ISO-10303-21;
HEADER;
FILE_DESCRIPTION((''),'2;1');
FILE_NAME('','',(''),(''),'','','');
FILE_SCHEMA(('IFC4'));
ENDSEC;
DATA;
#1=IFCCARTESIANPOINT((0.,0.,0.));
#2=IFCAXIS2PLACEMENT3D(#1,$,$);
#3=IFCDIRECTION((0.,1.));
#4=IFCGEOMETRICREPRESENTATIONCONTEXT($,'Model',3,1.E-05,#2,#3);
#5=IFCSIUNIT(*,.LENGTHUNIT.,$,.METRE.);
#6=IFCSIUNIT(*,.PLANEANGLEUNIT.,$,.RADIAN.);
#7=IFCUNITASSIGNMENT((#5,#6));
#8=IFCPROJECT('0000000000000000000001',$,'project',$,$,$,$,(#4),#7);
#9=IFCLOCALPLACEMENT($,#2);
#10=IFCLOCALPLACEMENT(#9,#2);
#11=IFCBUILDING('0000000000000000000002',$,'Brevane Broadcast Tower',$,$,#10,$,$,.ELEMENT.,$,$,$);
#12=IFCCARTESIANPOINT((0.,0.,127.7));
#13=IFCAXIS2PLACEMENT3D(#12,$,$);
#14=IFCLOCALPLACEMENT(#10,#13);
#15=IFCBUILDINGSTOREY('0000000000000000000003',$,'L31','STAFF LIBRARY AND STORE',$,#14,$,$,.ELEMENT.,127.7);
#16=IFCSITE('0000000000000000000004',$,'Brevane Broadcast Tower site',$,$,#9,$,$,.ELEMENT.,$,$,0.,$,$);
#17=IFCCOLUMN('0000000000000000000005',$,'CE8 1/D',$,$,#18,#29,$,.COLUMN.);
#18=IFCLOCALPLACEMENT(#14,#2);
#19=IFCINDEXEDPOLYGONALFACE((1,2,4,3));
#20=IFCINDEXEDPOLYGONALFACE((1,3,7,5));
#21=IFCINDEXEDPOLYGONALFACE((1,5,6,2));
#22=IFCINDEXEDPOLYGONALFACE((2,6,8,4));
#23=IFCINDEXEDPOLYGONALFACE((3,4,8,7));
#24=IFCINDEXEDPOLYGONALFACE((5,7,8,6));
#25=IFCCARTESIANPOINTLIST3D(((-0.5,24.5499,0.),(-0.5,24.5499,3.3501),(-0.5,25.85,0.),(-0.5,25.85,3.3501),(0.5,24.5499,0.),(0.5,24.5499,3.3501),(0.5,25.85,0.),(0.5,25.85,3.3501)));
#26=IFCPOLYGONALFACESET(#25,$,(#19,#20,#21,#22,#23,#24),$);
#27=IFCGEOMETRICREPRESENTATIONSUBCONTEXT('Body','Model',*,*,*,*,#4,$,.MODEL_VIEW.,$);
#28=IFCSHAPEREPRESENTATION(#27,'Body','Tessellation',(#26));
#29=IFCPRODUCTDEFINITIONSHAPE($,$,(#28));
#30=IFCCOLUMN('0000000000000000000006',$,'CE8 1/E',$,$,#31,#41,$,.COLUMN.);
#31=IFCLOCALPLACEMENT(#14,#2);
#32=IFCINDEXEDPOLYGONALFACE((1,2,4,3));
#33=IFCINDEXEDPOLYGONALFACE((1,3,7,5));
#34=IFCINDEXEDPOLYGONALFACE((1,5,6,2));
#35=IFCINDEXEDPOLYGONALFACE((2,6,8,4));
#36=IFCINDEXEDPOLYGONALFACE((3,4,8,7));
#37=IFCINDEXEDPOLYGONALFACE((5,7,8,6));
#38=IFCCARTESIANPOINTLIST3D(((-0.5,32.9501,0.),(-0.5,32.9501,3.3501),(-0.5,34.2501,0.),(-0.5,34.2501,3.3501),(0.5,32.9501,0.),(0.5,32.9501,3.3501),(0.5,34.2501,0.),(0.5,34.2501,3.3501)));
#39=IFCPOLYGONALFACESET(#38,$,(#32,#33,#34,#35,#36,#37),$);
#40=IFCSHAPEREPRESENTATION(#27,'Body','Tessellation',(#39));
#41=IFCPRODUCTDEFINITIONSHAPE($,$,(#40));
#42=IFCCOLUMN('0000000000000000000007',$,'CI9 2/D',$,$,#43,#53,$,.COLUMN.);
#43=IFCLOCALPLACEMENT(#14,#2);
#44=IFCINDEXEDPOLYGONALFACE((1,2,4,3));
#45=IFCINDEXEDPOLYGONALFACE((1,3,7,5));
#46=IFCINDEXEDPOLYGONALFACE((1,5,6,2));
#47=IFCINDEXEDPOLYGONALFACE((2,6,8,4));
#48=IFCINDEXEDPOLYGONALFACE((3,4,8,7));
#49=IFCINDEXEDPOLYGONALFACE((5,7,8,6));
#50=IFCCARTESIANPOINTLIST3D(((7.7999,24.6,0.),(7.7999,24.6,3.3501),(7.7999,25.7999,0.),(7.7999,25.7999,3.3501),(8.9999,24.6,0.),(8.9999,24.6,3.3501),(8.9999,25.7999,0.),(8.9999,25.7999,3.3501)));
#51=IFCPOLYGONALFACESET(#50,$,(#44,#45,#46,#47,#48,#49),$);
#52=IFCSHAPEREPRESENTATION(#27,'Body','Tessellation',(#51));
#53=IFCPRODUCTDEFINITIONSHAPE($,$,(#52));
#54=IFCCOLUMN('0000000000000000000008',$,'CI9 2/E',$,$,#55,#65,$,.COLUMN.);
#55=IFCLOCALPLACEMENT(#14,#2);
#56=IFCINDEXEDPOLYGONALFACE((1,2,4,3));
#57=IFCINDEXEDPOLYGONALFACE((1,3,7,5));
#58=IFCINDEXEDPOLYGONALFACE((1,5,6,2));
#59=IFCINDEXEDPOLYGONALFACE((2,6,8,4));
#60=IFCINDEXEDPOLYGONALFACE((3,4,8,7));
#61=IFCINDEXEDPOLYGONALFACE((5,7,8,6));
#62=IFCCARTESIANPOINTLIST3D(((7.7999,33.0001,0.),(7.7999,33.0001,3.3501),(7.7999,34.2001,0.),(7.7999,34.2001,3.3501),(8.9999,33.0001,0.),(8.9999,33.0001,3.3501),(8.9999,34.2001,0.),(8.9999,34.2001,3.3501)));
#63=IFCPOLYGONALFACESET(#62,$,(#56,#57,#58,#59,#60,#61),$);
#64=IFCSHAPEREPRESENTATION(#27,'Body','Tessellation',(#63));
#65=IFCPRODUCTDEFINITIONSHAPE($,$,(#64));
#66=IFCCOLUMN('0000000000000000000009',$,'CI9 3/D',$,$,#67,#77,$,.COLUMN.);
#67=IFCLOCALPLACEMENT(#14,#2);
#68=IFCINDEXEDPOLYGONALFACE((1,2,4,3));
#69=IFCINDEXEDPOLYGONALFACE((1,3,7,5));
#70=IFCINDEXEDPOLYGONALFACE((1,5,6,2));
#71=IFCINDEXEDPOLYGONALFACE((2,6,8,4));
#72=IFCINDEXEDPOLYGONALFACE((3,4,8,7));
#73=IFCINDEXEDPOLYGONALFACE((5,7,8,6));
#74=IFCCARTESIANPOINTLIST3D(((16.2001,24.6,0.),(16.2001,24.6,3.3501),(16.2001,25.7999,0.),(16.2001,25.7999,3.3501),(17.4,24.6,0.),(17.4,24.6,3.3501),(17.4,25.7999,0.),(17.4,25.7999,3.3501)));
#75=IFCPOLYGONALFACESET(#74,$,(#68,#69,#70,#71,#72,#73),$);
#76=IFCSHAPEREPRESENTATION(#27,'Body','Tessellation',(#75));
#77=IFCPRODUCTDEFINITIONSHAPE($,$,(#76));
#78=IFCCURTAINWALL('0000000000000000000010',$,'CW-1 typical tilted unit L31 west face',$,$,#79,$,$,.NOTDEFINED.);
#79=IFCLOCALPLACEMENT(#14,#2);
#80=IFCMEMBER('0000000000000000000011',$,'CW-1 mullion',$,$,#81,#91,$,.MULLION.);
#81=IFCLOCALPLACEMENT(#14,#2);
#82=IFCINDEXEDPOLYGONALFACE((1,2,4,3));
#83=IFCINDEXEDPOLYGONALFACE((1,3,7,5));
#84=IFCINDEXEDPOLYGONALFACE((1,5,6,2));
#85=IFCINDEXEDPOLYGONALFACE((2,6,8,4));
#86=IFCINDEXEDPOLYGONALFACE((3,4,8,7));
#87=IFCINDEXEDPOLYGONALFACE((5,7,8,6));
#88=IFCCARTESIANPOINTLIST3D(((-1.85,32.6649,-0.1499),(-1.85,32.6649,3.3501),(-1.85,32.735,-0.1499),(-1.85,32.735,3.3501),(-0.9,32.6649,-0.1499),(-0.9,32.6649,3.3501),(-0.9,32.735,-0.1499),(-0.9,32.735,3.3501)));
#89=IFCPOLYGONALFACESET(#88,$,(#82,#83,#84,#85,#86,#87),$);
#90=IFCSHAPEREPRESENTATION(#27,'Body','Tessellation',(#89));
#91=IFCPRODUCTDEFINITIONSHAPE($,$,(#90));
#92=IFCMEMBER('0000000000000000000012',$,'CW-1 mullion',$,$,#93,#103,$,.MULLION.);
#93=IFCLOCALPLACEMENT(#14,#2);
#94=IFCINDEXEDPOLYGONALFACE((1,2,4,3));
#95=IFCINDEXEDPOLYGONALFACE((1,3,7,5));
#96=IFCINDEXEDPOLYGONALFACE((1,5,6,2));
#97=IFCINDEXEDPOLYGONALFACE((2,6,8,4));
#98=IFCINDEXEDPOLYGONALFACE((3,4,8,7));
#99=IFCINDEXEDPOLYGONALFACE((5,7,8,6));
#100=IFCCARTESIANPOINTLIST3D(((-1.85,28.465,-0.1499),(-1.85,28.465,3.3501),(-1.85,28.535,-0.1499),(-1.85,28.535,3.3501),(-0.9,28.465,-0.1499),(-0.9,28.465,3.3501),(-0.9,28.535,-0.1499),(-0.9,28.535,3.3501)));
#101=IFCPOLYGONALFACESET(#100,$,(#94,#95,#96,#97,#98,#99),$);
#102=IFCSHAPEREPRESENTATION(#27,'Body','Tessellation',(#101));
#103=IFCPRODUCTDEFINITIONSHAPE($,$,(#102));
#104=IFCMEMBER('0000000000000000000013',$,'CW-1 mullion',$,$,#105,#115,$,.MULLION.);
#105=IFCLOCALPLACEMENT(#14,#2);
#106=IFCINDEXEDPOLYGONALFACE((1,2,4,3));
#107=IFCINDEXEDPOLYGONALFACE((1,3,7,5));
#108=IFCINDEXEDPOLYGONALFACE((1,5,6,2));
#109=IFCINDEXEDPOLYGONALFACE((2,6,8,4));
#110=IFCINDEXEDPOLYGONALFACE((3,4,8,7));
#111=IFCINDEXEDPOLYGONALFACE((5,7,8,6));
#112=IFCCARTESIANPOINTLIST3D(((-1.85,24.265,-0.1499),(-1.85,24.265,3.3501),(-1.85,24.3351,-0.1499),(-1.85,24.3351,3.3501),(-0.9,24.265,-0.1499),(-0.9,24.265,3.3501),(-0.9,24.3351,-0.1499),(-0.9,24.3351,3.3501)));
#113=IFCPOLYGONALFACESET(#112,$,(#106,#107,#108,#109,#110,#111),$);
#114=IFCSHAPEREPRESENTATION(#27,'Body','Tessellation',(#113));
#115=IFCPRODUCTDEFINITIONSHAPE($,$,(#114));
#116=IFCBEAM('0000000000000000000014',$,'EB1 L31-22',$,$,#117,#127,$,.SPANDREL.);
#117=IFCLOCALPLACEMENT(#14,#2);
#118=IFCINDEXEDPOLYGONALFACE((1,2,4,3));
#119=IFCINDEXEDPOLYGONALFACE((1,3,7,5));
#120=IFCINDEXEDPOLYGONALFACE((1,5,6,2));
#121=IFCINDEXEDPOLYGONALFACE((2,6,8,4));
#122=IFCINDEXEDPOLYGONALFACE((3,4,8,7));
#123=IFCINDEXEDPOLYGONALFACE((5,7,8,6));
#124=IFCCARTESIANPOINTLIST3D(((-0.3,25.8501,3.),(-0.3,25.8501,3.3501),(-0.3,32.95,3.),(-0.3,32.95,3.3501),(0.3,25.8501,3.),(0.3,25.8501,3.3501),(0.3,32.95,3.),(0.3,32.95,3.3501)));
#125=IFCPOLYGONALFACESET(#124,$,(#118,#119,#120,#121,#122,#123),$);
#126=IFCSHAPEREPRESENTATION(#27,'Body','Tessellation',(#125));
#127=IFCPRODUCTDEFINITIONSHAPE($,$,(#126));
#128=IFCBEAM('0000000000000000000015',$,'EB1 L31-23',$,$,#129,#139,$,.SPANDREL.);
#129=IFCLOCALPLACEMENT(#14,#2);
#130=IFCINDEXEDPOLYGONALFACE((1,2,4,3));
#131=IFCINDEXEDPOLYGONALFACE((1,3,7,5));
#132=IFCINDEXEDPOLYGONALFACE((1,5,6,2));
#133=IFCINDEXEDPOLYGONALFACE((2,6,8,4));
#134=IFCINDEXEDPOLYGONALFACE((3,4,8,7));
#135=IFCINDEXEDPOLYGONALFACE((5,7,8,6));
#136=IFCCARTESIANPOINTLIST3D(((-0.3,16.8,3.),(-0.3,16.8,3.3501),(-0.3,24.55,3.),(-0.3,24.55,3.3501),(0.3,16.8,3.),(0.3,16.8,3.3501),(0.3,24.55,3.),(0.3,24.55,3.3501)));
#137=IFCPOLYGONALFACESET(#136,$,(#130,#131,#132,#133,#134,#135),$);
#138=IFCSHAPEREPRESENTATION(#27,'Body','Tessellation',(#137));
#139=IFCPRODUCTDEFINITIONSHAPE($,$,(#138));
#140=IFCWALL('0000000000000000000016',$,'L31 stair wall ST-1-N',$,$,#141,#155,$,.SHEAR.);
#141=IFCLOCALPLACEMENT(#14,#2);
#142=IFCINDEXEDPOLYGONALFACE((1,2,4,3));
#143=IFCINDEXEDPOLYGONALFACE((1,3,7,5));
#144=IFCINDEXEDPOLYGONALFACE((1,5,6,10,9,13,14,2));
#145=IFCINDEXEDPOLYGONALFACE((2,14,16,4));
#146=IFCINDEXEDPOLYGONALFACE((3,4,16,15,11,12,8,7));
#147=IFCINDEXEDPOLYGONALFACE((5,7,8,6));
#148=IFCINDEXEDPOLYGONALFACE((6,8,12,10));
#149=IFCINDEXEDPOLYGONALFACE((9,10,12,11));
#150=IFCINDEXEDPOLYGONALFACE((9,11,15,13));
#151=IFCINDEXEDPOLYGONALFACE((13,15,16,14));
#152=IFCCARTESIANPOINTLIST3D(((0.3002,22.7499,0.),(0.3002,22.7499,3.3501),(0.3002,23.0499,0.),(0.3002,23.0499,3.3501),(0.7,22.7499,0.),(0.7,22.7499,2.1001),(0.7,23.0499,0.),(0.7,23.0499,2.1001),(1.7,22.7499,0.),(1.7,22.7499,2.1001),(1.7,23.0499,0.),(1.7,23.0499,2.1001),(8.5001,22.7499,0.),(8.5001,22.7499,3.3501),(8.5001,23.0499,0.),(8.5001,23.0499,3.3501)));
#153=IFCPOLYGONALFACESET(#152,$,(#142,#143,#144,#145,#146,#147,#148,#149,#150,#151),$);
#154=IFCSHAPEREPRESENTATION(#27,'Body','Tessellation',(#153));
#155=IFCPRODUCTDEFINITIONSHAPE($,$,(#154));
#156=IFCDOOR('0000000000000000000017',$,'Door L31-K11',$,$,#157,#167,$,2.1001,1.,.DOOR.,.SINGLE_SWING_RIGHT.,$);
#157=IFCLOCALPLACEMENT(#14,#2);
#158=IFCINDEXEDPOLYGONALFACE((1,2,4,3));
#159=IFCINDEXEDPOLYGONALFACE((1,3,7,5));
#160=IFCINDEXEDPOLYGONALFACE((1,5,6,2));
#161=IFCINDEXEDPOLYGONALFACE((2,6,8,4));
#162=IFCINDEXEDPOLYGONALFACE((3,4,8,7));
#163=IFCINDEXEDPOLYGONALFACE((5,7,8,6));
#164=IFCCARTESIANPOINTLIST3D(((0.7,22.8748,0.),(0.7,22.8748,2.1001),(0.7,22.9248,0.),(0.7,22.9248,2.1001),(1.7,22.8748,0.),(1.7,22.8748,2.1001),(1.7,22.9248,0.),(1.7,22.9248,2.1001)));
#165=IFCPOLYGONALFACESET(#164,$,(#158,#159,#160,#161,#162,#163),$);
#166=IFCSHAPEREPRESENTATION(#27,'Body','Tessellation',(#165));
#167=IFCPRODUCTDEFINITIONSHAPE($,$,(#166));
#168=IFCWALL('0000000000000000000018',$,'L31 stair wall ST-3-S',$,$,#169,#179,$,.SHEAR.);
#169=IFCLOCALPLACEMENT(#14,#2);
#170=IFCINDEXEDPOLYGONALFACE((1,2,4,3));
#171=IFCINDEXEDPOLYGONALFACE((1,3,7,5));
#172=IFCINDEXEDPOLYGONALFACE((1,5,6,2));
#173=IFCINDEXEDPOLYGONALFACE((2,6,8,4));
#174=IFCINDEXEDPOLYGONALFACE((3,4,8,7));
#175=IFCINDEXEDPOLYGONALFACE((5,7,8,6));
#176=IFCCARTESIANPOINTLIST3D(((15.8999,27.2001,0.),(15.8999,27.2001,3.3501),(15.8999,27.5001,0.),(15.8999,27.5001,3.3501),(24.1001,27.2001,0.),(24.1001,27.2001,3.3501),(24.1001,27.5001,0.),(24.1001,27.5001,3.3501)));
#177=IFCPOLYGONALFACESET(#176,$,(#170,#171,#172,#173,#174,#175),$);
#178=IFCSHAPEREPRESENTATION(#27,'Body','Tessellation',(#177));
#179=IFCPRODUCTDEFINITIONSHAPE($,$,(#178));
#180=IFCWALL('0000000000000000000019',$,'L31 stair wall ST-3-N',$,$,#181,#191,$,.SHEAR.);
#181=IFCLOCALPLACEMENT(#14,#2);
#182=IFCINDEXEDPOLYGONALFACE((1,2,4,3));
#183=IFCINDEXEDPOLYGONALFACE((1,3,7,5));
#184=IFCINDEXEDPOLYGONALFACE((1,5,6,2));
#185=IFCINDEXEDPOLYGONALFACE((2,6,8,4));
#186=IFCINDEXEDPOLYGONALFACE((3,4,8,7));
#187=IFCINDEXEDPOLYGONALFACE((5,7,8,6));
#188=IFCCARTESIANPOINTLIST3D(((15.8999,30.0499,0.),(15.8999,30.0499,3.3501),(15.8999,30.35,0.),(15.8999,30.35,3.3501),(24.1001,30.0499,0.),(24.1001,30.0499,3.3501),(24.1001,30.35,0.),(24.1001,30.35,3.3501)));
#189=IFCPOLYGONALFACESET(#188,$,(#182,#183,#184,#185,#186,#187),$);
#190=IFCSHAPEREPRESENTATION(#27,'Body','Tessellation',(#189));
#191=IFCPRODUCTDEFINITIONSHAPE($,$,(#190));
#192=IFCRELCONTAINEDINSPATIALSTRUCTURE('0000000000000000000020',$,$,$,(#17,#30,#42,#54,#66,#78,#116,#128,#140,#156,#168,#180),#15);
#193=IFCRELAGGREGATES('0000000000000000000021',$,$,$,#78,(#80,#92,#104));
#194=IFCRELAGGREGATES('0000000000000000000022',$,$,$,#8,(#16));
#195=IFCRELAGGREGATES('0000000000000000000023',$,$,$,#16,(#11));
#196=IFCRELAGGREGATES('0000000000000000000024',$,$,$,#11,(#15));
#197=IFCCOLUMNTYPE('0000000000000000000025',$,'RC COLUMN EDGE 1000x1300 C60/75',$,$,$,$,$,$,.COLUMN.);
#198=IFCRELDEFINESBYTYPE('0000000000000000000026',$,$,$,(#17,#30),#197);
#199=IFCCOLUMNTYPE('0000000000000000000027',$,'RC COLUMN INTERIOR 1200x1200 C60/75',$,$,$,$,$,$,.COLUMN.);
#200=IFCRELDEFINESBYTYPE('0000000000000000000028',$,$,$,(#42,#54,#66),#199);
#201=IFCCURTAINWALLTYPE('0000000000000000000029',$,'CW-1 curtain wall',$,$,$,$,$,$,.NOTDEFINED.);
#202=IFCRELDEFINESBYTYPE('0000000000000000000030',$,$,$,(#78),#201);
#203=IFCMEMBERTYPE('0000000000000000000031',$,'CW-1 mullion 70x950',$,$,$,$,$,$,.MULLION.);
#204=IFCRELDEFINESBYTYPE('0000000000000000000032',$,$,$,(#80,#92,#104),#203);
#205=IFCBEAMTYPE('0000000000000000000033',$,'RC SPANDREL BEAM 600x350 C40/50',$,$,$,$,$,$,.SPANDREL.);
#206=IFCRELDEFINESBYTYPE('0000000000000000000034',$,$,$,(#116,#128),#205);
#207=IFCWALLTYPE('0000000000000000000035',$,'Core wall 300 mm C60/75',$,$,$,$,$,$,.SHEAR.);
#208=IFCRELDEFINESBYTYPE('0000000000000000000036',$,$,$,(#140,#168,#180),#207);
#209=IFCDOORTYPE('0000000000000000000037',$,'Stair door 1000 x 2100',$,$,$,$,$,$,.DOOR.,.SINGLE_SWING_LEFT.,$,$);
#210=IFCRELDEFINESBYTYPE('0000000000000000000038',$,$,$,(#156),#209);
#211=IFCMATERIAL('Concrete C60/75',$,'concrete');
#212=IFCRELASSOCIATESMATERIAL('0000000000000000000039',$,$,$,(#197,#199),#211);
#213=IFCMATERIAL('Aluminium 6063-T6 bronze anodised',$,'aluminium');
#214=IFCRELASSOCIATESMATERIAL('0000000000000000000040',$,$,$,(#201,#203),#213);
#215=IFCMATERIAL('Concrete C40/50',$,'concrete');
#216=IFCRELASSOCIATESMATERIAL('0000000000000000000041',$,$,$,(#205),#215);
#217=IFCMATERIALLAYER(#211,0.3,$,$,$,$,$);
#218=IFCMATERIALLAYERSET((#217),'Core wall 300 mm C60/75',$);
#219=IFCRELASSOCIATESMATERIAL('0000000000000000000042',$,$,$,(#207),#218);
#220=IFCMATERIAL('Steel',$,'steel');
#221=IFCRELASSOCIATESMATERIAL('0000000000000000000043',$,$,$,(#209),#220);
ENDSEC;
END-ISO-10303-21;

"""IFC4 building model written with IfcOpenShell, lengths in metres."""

from ifc_helpers import new_model, si_unit, direction, frame, frame_2d, origin, origin_2d, place, context, subcontext, project, spatial, rectangle, extrude, material, layer, layer_set, material_profile, profile_set, type_object, element, fill, aggregate, save


model = new_model("IFC4")

# Units and contexts
model_context = context("Model", 3, precision=1e-05, world=origin(), true_north=direction((0.0, 1.0)))
body_context = subcontext(model_context, "Body", "Model", "MODEL_VIEW")
ifc_project = project(units=[si_unit("LENGTHUNIT", "METRE"), si_unit("PLANEANGLEUNIT", "RADIAN")], contexts=[model_context])

# Site, building, storey
site_placement = place(None, origin())
site = spatial("IfcSite", under=ifc_project, at=site_placement, Name="Brevane Broadcast Tower site", CompositionType="ELEMENT", RefElevation=0.0)
building_placement = place(site_placement, origin())
building = spatial("IfcBuilding", under=site, at=building_placement, Name="Brevane Broadcast Tower", CompositionType="ELEMENT")
storey_placement = place(building_placement, frame((0.0, 0.0, 127.7)))
storey = spatial("IfcBuildingStorey", under=building, at=storey_placement, Name="L31", Description="STAFF LIBRARY AND STORE", CompositionType="ELEMENT", Elevation=127.7)

# Columns
ifc_material_1 = material(Name="Concrete C60/75", Category="concrete")
ifc_material_profile_1 = material_profile(ifc_material_1, rectangle(XDim=1.0, YDim=1.3, at=origin_2d()), Name="RC 1000x1300")
ifc_profile_set_1 = profile_set([ifc_material_profile_1], Name="Concrete C60/75")
column_type_1 = type_object("IfcColumnType", Name="RC COLUMN EDGE 1000x1300 C60/75", PredefinedType="COLUMN", material=ifc_profile_set_1)
for number, where, z_axis, x_axis, name in (
    (1, (0.0, 25.2, 0.0), (0.0, 0.0, 1.0), (1.0, 0.0, 0.0), "CE8 1/D"),
    (2, (0.0, 33.6001, 0.0), (0.0, 0.0, 1.0), (1.0, 0.0, 0.0), "CE8 1/E"),
):
    element("IfcColumn", number, at=place(storey_placement, frame(where, z_axis=z_axis, x_axis=x_axis)), inside=storey, type_object=column_type_1, Name=name, PredefinedType="COLUMN", context=body_context, shape_type="SweptSolid", body=[
        extrude(rectangle(XDim=1.0, YDim=1.3, at=origin_2d()), origin(), (0.0, 0.0, 1.0), 3.3501),
    ])
ifc_material_profile_2 = material_profile(ifc_material_1, rectangle(XDim=1.2, YDim=1.2, at=origin_2d()), Name="RC 1200x1200")
ifc_profile_set_2 = profile_set([ifc_material_profile_2], Name="Concrete C60/75")
column_type_2 = type_object("IfcColumnType", Name="RC COLUMN INTERIOR 1200x1200 C60/75", PredefinedType="COLUMN", material=ifc_profile_set_2)
for number, where, z_axis, x_axis, name in (
    (3, (8.3999, 25.2, 0.0), (0.0, 0.0, 1.0), (1.0, 0.0, 0.0), "CI9 2/D"),
    (4, (8.3999, 33.6001, 0.0), (0.0, 0.0, 1.0), (1.0, 0.0, 0.0), "CI9 2/E"),
    (5, (16.8, 25.2, 0.0), (0.0, 0.0, 1.0), (1.0, 0.0, 0.0), "CI9 3/D"),
):
    element("IfcColumn", number, at=place(storey_placement, frame(where, z_axis=z_axis, x_axis=x_axis)), inside=storey, type_object=column_type_2, Name=name, PredefinedType="COLUMN", context=body_context, shape_type="SweptSolid", body=[
        extrude(rectangle(XDim=1.2, YDim=1.2, at=origin_2d()), origin(), (0.0, 0.0, 1.0), 3.3501),
    ])

# Curtain wall, members
ifc_material_2 = material(Name="Aluminium 6063-T6 bronze anodised", Category="aluminium")
curtain_wall_type = type_object("IfcCurtainWallType", Name="CW-1 curtain wall", PredefinedType="NOTDEFINED", material=ifc_material_2)
curtain_wall_placement = place(storey_placement, origin())
curtain_wall = element("IfcCurtainWall", 6, at=curtain_wall_placement, inside=storey, type_object=curtain_wall_type, Name="CW-1 typical tilted unit L31 west face", PredefinedType="NOTDEFINED")
ifc_material_profile_3 = material_profile(ifc_material_2, rectangle(XDim=0.95, YDim=0.0701, at=origin_2d()), Name="RECT 70x950")
ifc_profile_set_3 = profile_set([ifc_material_profile_3], Name="Aluminium 6063-T6 bronze anodised")
member_type = type_object("IfcMemberType", Name="CW-1 mullion 70x950", PredefinedType="MULLION", material=ifc_profile_set_3)
member_1_placement = place(storey_placement, frame((-1.375, 32.7, -0.1499), z_axis=(0.0, 0.0, 1.0), x_axis=(1.0, 0.0, 0.0)))
member_1 = element("IfcMember", 7, at=member_1_placement, type_object=member_type, Name="CW-1 mullion", PredefinedType="MULLION", context=body_context, shape_type="SweptSolid", body=[
    extrude(rectangle(XDim=0.95, YDim=0.0701, at=origin_2d()), origin(), (0.0, 0.0, 1.0), 3.5),
])
member_2_placement = place(storey_placement, frame((-1.375, 28.5, -0.1499), z_axis=(0.0, 0.0, 1.0), x_axis=(1.0, 0.0, 0.0)))
member_2 = element("IfcMember", 8, at=member_2_placement, type_object=member_type, Name="CW-1 mullion", PredefinedType="MULLION", context=body_context, shape_type="SweptSolid", body=[
    extrude(rectangle(XDim=0.95, YDim=0.0701, at=origin_2d()), origin(), (0.0, 0.0, 1.0), 3.5),
])
member_3_placement = place(storey_placement, frame((-1.375, 24.3, -0.1499), z_axis=(0.0, 0.0, 1.0), x_axis=(1.0, 0.0, 0.0)))
member_3 = element("IfcMember", 9, at=member_3_placement, type_object=member_type, Name="CW-1 mullion", PredefinedType="MULLION", context=body_context, shape_type="SweptSolid", body=[
    extrude(rectangle(XDim=0.95, YDim=0.0701, at=origin_2d()), origin(), (0.0, 0.0, 1.0), 3.5),
])
aggregate(curtain_wall, [member_1, member_2, member_3])

# Beams
ifc_material_3 = material(Name="Concrete C40/50", Category="concrete")
ifc_material_profile_4 = material_profile(ifc_material_3, rectangle(XDim=0.6001, YDim=0.3501, at=origin_2d()), Name="RC 600x350")
ifc_profile_set_4 = profile_set([ifc_material_profile_4], Name="Concrete C40/50")
beam_type = type_object("IfcBeamType", Name="RC SPANDREL BEAM 600x350 C40/50", PredefinedType="SPANDREL", material=ifc_profile_set_4)
beam_1_placement = place(storey_placement, frame((0.0, 32.95, 3.175), z_axis=(0.0, -1.0, 0.0), x_axis=(1.0, 0.0, 0.0)))
element("IfcBeam", 10, at=beam_1_placement, inside=storey, type_object=beam_type, Name="EB1 L31-22", PredefinedType="SPANDREL", context=body_context, shape_type="SweptSolid", body=[
    extrude(rectangle(XDim=0.6001, YDim=0.3501, at=origin_2d()), origin(), (0.0, 0.0, 1.0), 7.0999),
])
beam_2_placement = place(storey_placement, frame((0.0, 24.55, 3.175), z_axis=(0.0, -1.0, 0.0), x_axis=(1.0, 0.0, 0.0)))
element("IfcBeam", 11, at=beam_2_placement, inside=storey, type_object=beam_type, Name="EB1 L31-23", PredefinedType="SPANDREL", context=body_context, shape_type="SweptSolid", body=[
    extrude(rectangle(XDim=0.6001, YDim=0.3501, at=origin_2d()), origin(), (0.0, 0.0, 1.0), 7.75),
])

# Wall, opening, door
ifc_layer_1 = layer(ifc_material_1, 0.3)
ifc_layer_set_1 = layer_set([ifc_layer_1], Name="Core wall 300 mm C60/75")
wall_type_1 = type_object("IfcWallType", Name="Core wall 300 mm C60/75", PredefinedType="SHEAR", material=ifc_layer_set_1)
wall_1_placement = place(storey_placement, frame((0.3, 22.8999, 0.0), z_axis=(0.0, 0.0, 1.0), x_axis=(1.0, 0.0, 0.0)))
wall_1 = element("IfcWall", 12, at=wall_1_placement, inside=storey, type_object=wall_type_1, Name="L31 stair wall ST-1-N", PredefinedType="SHEAR", context=body_context, shape_type="SweptSolid", body=[
    extrude(rectangle(XDim=8.2, YDim=0.3, at=frame_2d((4.1001, 0.0))), origin(), (0.0, 0.0, 1.0), 3.3501),
])
opening_1_placement = place(wall_1_placement, frame((0.3999, 0.0, 0.0)))
opening_1 = element("IfcOpeningElement", 13, at=opening_1_placement, cuts=wall_1, PredefinedType="OPENING", context=body_context, shape_type="SweptSolid", body=[
    extrude(rectangle(XDim=1.0, YDim=2.1001, at=frame_2d((0.5, 1.05))), frame((0.0, 0.1599, 0.0), z_axis=(0.0, -1.0, 0.0), x_axis=(1.0, 0.0, 0.0)), (0.0, 0.0, 1.0), 0.3201),
])
ifc_material_4 = material(Name="Steel", Category="steel")
door_type_1 = type_object("IfcDoorType", Name="Stair door 1000 x 2100", OperationType="SINGLE_SWING_LEFT", PredefinedType="DOOR", material=ifc_material_4)
door_1_placement = place(opening_1_placement, origin())
door_1 = element("IfcDoor", 14, at=door_1_placement, inside=storey, type_object=door_type_1, Name="Door L31-K11", OperationType="SINGLE_SWING_RIGHT", OverallHeight=2.1001, OverallWidth=1.0, PredefinedType="DOOR", context=body_context, shape_type="SweptSolid", body=[
    extrude(rectangle(XDim=1.0, YDim=2.1001, at=frame_2d((0.5, 1.05))), frame((0.0, 0.0249, 0.0), z_axis=(0.0, -1.0, 0.0), x_axis=(1.0, 0.0, 0.0)), (0.0, 0.0, 1.0), 0.05),
])
fill(opening_1, door_1)

# Walls
for number, where, z_axis, x_axis, name in (
    (15, (15.8999, 27.3501, 0.0), (0.0, 0.0, 1.0), (1.0, 0.0, 0.0), "L31 stair wall ST-3-S"),
    (16, (15.8999, 30.2, 0.0), (0.0, 0.0, 1.0), (1.0, 0.0, 0.0), "L31 stair wall ST-3-N"),
):
    element("IfcWall", number, at=place(storey_placement, frame(where, z_axis=z_axis, x_axis=x_axis)), inside=storey, type_object=wall_type_1, Name=name, PredefinedType="SHEAR", context=body_context, shape_type="SweptSolid", body=[
        extrude(rectangle(XDim=8.2002, YDim=0.3, at=frame_2d((4.1001, 0.0))), origin(), (0.0, 0.0, 1.0), 3.3501),
    ])

save(model, "model.ifc")
